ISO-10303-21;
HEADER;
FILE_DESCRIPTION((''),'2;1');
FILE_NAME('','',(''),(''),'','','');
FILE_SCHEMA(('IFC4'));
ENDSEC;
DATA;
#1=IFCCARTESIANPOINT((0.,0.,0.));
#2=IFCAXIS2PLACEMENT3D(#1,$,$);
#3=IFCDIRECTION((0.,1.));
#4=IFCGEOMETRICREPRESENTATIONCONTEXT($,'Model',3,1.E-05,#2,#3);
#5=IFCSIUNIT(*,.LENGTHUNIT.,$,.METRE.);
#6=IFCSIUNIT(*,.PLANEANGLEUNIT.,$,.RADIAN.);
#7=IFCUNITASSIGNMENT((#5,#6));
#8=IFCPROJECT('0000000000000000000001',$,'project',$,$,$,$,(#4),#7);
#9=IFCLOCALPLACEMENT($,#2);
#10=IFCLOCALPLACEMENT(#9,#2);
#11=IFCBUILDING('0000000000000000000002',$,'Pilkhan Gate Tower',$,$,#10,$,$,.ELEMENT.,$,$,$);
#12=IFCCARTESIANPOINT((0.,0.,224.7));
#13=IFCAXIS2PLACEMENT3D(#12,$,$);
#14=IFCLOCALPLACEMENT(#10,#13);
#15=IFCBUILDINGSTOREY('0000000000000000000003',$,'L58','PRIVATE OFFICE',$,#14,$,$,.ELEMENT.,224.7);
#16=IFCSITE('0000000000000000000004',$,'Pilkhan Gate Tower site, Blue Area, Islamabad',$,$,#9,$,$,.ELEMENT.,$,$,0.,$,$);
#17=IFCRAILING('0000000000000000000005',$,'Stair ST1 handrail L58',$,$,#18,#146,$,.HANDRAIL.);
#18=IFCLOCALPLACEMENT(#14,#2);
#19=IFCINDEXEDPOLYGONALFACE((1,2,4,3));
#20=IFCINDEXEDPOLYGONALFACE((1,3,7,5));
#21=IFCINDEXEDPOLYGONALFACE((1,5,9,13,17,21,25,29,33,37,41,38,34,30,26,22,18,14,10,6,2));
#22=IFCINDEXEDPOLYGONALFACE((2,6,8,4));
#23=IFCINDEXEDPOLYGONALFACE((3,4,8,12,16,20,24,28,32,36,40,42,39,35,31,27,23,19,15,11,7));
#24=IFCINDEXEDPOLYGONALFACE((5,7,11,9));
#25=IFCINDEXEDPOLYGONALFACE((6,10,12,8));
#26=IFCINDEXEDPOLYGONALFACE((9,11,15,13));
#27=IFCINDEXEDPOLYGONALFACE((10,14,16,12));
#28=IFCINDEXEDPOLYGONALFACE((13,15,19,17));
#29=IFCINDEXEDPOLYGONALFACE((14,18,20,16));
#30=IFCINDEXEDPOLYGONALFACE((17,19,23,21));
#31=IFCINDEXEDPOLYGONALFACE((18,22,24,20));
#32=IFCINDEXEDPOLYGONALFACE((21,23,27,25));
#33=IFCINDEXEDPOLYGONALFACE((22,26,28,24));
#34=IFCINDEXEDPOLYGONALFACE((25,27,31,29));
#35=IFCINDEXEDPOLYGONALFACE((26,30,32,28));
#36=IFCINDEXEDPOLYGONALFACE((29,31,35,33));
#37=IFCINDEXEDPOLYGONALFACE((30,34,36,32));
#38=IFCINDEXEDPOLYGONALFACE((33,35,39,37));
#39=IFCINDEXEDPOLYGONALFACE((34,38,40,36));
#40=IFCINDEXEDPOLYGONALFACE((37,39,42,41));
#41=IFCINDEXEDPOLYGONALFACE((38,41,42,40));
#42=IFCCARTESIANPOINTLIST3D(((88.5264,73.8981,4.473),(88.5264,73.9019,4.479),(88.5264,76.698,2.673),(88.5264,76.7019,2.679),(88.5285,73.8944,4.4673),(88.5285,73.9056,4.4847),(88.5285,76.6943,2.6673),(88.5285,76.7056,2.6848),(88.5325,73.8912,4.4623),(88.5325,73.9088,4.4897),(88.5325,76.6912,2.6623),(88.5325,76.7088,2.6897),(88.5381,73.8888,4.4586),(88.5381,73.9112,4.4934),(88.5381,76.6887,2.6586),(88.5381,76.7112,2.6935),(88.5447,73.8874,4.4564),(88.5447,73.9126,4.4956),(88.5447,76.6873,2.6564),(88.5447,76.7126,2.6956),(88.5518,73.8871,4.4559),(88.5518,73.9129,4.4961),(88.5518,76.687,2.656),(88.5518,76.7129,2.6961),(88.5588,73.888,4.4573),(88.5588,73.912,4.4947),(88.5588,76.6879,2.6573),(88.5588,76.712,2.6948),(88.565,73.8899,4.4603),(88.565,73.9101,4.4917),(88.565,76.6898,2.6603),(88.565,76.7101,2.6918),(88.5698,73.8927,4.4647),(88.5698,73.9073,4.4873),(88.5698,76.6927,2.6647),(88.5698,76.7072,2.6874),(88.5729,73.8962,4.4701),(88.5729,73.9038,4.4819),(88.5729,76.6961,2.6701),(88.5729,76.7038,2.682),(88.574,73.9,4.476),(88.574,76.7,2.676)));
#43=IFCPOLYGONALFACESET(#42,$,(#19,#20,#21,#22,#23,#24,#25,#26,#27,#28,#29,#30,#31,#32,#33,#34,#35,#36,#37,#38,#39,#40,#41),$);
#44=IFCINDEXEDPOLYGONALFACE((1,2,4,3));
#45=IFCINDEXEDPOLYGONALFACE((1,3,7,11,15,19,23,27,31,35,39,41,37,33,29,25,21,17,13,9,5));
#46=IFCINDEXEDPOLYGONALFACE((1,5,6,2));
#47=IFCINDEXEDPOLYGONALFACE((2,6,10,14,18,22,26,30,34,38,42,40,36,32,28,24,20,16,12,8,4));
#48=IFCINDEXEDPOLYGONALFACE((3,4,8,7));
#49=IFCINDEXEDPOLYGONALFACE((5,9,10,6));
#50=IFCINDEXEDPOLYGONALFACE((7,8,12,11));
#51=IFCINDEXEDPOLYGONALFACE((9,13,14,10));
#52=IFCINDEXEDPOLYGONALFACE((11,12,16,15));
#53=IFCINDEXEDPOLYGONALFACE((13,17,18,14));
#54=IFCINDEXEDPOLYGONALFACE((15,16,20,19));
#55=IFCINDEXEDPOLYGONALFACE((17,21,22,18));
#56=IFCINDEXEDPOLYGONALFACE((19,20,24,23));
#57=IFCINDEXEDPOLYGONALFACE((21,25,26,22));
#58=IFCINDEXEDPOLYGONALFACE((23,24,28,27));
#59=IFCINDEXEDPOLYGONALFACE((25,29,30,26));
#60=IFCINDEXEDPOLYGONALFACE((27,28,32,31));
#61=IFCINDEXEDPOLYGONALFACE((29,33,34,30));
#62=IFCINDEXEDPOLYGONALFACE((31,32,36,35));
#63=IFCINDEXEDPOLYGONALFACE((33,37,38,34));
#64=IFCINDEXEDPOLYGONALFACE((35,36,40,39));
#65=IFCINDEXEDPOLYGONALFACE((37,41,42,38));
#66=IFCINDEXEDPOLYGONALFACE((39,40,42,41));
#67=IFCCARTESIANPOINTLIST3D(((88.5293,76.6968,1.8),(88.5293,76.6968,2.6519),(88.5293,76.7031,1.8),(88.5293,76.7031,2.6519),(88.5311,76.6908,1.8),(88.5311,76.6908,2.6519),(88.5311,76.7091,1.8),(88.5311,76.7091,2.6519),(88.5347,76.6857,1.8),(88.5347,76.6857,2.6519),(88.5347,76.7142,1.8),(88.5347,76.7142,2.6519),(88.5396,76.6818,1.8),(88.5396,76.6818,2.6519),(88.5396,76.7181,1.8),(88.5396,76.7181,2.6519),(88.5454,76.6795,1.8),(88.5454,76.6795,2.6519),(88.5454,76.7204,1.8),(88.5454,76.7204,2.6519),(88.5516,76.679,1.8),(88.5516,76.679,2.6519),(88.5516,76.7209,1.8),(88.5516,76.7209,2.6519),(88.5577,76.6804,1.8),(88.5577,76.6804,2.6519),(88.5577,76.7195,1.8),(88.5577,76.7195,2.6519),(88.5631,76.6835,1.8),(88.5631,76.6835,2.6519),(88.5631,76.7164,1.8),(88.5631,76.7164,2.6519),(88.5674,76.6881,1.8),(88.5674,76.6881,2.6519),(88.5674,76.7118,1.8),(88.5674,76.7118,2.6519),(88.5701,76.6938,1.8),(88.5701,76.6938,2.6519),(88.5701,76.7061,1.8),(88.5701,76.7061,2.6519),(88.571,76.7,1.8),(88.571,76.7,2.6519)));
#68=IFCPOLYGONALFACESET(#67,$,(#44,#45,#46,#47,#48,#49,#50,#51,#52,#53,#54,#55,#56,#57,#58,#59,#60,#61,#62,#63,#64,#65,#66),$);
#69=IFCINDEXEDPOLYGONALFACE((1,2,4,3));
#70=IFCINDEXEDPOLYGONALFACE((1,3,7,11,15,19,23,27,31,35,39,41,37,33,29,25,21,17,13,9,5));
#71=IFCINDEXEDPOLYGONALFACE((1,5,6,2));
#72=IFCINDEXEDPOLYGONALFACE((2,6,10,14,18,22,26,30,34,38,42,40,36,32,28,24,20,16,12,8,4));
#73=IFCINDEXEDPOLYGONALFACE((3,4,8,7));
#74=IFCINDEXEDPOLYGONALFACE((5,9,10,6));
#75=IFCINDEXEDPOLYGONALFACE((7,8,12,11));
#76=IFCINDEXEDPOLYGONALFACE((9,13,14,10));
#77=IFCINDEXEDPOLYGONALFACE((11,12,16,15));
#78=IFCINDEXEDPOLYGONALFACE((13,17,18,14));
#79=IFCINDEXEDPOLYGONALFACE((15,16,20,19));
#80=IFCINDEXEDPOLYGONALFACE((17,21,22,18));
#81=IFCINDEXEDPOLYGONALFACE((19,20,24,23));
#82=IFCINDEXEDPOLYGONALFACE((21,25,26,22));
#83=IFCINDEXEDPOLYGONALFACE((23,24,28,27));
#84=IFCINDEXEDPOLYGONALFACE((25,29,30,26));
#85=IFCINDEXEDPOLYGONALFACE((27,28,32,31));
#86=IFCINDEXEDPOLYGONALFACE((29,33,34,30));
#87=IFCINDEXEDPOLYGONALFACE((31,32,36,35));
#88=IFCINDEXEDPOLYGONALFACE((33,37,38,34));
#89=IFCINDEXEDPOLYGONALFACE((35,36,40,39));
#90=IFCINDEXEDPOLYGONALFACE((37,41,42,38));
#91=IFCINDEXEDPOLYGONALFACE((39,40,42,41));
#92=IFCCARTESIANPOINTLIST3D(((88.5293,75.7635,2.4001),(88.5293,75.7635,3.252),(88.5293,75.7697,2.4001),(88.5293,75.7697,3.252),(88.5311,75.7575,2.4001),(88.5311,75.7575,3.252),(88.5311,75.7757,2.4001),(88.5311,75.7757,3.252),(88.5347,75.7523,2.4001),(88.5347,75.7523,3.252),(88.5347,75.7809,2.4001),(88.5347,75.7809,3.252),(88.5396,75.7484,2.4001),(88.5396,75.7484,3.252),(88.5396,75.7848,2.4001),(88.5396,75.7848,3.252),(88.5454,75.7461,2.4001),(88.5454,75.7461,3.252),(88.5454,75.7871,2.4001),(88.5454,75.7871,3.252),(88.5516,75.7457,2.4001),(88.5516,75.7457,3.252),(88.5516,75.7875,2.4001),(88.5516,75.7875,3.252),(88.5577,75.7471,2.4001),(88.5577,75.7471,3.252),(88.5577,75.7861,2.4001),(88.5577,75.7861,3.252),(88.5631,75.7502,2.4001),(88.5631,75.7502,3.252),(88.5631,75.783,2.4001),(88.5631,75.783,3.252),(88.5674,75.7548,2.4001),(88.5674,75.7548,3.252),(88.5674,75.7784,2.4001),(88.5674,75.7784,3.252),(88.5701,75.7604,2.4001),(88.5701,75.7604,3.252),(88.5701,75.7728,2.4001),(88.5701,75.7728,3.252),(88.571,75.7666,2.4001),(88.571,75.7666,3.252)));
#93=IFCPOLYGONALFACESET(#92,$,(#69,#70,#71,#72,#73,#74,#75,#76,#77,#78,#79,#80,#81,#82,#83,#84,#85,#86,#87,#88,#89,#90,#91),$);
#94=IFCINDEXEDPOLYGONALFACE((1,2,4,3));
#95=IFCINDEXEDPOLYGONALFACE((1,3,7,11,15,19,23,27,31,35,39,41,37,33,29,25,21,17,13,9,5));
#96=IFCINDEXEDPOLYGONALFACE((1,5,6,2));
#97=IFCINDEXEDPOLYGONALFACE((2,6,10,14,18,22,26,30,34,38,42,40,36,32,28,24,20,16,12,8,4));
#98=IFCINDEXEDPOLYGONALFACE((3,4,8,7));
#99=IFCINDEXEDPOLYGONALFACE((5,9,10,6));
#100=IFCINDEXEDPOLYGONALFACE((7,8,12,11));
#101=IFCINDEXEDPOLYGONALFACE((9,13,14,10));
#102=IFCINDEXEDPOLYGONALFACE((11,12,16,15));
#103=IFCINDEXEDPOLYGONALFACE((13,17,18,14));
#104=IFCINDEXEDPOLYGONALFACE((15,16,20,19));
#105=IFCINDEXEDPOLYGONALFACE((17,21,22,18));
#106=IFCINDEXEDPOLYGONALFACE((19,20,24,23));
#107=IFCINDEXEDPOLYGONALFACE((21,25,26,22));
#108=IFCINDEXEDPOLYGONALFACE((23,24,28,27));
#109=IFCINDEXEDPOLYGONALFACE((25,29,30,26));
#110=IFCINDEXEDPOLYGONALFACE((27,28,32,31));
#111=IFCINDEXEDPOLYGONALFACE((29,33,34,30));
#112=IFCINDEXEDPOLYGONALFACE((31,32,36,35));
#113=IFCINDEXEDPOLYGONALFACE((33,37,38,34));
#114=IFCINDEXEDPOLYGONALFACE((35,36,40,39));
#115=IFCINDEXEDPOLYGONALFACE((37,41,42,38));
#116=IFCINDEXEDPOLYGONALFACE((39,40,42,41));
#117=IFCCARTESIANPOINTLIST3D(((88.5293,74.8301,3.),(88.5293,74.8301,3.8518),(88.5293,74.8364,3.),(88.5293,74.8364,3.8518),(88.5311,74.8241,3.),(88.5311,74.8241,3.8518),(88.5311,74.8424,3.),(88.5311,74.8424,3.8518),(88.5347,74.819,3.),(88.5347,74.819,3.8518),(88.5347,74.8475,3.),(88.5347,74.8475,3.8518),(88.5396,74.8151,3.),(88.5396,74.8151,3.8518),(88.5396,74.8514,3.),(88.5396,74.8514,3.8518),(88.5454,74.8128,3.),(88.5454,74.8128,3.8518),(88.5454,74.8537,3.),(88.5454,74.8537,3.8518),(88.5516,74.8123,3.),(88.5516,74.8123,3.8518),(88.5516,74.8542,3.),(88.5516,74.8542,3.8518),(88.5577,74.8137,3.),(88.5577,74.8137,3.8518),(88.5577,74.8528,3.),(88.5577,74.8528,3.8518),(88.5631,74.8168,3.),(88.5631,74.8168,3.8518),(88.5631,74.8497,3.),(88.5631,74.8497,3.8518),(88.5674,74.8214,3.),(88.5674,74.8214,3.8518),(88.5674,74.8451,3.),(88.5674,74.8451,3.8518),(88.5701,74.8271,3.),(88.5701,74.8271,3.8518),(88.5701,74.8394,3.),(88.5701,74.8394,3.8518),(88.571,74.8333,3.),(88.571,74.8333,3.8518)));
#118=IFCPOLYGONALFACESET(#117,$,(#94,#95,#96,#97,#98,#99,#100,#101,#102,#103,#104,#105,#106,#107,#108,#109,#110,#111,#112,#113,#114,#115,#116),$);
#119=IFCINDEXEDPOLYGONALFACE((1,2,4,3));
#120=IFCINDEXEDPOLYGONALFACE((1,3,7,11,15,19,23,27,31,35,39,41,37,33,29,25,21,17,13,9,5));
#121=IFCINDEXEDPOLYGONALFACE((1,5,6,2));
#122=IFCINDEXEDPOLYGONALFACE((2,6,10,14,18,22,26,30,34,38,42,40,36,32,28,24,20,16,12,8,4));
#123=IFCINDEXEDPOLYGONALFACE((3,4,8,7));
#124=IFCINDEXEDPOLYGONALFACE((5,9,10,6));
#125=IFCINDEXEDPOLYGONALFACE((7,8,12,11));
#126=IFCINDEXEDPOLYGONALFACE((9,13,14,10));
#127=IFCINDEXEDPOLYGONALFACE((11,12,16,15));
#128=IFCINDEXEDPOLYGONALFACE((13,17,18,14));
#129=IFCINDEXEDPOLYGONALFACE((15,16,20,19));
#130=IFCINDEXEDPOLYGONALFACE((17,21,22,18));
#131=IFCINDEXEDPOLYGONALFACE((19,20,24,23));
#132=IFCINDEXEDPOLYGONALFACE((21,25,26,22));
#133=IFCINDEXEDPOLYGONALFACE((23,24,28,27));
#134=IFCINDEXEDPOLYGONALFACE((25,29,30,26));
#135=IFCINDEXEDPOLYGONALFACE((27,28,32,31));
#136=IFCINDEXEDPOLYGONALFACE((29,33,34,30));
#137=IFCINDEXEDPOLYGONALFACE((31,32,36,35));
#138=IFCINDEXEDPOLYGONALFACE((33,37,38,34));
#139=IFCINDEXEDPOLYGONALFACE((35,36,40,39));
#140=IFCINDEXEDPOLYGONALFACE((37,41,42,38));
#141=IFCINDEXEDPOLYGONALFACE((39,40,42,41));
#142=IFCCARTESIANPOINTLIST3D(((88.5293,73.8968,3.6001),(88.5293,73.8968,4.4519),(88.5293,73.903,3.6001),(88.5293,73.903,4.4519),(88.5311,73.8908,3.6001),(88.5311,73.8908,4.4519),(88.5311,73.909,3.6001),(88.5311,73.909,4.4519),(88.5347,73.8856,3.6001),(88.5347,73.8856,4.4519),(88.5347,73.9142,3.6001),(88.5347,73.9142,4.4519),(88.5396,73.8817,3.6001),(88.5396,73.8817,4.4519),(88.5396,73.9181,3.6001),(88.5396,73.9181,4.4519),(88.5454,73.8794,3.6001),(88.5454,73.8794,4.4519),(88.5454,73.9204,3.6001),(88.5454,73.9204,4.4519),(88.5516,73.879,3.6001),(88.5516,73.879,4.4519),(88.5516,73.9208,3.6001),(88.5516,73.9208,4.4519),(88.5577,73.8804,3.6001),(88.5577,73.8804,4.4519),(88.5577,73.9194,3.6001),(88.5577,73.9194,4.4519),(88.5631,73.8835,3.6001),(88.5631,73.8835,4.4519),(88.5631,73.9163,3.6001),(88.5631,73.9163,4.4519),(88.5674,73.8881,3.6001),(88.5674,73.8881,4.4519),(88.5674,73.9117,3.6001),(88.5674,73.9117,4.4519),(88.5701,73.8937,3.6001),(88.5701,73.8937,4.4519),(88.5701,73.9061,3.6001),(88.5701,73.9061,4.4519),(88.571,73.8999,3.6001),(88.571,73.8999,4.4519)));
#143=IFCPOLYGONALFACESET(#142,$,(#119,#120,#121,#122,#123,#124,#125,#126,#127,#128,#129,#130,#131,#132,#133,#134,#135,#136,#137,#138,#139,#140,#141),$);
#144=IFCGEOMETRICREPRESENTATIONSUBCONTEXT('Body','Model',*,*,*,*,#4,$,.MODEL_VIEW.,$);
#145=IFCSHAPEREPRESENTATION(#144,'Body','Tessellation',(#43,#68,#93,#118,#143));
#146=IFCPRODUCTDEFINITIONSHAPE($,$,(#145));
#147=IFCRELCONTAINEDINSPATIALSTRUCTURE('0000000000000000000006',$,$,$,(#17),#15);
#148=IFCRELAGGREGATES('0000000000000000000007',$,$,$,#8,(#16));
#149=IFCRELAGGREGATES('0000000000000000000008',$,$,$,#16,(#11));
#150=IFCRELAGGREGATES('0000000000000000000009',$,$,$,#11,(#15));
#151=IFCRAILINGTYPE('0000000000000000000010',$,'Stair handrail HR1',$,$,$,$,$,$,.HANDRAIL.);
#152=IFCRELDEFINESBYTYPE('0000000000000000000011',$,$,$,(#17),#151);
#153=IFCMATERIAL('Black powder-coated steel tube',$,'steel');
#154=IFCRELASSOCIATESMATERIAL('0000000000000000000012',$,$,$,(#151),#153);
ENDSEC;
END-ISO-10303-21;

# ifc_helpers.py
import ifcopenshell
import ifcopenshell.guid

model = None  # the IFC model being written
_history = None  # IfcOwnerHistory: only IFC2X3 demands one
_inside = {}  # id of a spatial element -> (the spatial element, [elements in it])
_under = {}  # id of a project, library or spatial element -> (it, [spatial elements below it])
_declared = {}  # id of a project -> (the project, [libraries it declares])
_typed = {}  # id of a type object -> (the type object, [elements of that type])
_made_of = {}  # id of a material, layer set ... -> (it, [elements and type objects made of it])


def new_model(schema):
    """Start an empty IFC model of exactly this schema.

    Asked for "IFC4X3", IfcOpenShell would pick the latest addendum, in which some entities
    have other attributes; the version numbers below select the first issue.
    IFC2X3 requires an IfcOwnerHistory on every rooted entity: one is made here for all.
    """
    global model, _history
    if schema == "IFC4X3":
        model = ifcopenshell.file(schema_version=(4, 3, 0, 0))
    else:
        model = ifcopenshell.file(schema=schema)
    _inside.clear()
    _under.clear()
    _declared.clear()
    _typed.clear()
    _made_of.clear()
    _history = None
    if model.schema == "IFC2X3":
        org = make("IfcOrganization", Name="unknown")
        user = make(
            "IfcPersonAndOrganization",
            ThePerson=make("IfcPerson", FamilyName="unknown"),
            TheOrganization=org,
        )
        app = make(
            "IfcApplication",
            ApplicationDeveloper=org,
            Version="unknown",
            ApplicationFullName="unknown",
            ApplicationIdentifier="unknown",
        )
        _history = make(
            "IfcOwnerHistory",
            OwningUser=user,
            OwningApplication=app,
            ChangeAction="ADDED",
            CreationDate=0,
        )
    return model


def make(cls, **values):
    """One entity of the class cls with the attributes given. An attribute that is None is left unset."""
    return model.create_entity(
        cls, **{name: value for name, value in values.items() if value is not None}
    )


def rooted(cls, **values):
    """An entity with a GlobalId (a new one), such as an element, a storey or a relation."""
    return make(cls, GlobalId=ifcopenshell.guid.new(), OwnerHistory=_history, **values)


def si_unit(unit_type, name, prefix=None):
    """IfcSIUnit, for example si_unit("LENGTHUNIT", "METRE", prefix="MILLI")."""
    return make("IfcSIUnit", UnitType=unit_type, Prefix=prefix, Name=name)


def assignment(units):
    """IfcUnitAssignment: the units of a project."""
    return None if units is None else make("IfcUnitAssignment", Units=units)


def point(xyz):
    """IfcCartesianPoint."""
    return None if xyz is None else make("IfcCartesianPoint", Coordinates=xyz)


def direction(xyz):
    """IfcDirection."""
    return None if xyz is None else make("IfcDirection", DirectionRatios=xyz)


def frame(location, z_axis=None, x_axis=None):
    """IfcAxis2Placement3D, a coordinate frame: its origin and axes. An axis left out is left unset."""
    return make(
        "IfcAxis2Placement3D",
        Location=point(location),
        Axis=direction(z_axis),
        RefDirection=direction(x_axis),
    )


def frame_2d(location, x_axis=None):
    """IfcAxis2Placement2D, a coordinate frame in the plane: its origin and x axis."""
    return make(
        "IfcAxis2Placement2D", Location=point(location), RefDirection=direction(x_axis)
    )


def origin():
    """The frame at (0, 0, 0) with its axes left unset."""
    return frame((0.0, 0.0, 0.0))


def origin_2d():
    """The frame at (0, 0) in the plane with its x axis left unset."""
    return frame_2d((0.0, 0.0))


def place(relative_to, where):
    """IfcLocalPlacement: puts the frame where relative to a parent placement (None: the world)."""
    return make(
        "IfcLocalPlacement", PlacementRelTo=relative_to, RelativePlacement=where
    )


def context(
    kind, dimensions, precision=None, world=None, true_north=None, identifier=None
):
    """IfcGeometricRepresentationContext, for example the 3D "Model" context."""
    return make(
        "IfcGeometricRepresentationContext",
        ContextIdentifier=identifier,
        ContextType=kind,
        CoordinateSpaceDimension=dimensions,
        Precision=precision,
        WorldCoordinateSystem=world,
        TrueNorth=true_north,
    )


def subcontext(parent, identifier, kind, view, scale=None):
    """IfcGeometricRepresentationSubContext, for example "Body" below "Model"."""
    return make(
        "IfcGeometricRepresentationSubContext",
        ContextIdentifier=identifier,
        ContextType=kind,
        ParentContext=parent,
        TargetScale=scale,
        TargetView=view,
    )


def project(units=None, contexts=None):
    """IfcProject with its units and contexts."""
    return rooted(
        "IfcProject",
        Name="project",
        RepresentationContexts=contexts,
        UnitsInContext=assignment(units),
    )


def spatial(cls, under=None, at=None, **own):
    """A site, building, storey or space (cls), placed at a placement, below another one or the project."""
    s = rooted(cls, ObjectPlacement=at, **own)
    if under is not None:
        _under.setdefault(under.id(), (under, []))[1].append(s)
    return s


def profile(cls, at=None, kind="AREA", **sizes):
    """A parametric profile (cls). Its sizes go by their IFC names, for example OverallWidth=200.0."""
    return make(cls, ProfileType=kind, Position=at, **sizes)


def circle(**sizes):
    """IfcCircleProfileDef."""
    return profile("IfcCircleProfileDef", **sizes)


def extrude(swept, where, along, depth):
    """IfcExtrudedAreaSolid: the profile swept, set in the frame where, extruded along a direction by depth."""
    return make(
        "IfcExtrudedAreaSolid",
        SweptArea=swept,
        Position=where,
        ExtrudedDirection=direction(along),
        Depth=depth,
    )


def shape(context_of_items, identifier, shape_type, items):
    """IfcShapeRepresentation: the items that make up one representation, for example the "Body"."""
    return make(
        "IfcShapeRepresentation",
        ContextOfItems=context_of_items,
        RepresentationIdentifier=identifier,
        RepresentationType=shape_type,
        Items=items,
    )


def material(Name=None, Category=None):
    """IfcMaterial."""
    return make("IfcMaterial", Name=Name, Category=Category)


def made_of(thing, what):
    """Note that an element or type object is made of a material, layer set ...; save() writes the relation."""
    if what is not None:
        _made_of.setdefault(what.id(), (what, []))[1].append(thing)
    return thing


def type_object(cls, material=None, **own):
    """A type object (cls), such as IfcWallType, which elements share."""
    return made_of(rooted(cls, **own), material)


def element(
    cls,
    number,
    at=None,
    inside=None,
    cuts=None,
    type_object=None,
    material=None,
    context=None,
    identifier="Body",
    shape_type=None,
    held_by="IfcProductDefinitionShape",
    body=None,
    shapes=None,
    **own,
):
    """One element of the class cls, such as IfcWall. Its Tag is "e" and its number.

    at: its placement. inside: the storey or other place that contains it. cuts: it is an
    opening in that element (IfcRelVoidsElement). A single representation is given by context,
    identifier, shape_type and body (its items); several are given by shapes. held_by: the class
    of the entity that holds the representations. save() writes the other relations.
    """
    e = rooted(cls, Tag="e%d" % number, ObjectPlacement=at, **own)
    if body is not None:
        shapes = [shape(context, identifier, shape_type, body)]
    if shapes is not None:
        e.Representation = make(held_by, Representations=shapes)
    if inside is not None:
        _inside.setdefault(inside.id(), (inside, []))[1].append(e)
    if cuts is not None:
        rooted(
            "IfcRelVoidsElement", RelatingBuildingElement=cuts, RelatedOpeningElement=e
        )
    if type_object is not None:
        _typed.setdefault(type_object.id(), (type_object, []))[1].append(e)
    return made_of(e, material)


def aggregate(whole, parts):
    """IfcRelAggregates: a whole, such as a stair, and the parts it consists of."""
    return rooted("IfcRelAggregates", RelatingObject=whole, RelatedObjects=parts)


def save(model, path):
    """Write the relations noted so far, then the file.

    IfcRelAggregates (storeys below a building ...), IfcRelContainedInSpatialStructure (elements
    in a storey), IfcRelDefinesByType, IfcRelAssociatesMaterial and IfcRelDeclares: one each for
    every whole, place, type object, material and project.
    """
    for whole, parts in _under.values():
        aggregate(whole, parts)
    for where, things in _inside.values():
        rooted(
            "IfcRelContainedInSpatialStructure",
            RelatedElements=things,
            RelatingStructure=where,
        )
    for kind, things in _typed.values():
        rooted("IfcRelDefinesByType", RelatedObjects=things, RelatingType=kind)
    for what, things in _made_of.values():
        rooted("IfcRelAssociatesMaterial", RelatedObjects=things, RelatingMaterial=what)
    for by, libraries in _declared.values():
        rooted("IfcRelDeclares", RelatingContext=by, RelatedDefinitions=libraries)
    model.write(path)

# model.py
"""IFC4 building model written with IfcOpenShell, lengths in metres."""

from ifc_helpers import new_model, si_unit, direction, frame, origin, origin_2d, place, context, subcontext, project, spatial, circle, extrude, material, type_object, element, save


model = new_model("IFC4")

# Units and contexts
model_context = context("Model", 3, precision=1e-05, world=origin(), true_north=direction((0.0, 1.0)))
body_context = subcontext(model_context, "Body", "Model", "MODEL_VIEW")
ifc_project = project(units=[si_unit("LENGTHUNIT", "METRE"), si_unit("PLANEANGLEUNIT", "RADIAN")], contexts=[model_context])

# Site, building, storey
site_placement = place(None, origin())
site = spatial("IfcSite", under=ifc_project, at=site_placement, Name="Pilkhan Gate Tower site, Blue Area, Islamabad", CompositionType="ELEMENT", RefElevation=0.0)
building_placement = place(site_placement, origin())
building = spatial("IfcBuilding", under=site, at=building_placement, Name="Pilkhan Gate Tower", CompositionType="ELEMENT")
storey_placement = place(building_placement, frame((0.0, 0.0, 224.7)))
storey = spatial("IfcBuildingStorey", under=building, at=storey_placement, Name="L58", Description="PRIVATE OFFICE", CompositionType="ELEMENT", Elevation=224.7)

# Railing
ifc_material_1 = material(Name="Black powder-coated steel tube", Category="steel")
railing_type_1 = type_object("IfcRailingType", Name="Stair handrail HR1", PredefinedType="HANDRAIL", material=ifc_material_1)
railing_1_placement = place(storey_placement, frame((88.55, 76.7, 1.8)))
element("IfcRailing", 1, at=railing_1_placement, inside=storey, type_object=railing_type_1, Name="Stair ST1 handrail L58", PredefinedType="HANDRAIL", context=body_context, shape_type="SweptSolid", body=[
    extrude(circle(Radius=0.0239, at=origin_2d()), frame((0.0, 0.0, 0.876), z_axis=(0.0, -0.841176, 0.540761), x_axis=(1.0, 0.0, 0.0)), (0.0, 0.0, 1.0), 3.3286),
    extrude(circle(Radius=0.021, at=origin_2d()), origin(), (0.0, 0.0, 1.0), 0.8518),
    extrude(circle(Radius=0.021, at=origin_2d()), frame((0.0, -0.9333, 0.6001)), (0.0, 0.0, 1.0), 0.8518),
    extrude(circle(Radius=0.021, at=origin_2d()), frame((0.0, -1.8667, 1.2)), (0.0, 0.0, 1.0), 0.8518),
    extrude(circle(Radius=0.021, at=origin_2d()), frame((0.0, -2.8, 1.8)), (0.0, 0.0, 1.0), 0.8518),
])

save(model, "model.ifc")
